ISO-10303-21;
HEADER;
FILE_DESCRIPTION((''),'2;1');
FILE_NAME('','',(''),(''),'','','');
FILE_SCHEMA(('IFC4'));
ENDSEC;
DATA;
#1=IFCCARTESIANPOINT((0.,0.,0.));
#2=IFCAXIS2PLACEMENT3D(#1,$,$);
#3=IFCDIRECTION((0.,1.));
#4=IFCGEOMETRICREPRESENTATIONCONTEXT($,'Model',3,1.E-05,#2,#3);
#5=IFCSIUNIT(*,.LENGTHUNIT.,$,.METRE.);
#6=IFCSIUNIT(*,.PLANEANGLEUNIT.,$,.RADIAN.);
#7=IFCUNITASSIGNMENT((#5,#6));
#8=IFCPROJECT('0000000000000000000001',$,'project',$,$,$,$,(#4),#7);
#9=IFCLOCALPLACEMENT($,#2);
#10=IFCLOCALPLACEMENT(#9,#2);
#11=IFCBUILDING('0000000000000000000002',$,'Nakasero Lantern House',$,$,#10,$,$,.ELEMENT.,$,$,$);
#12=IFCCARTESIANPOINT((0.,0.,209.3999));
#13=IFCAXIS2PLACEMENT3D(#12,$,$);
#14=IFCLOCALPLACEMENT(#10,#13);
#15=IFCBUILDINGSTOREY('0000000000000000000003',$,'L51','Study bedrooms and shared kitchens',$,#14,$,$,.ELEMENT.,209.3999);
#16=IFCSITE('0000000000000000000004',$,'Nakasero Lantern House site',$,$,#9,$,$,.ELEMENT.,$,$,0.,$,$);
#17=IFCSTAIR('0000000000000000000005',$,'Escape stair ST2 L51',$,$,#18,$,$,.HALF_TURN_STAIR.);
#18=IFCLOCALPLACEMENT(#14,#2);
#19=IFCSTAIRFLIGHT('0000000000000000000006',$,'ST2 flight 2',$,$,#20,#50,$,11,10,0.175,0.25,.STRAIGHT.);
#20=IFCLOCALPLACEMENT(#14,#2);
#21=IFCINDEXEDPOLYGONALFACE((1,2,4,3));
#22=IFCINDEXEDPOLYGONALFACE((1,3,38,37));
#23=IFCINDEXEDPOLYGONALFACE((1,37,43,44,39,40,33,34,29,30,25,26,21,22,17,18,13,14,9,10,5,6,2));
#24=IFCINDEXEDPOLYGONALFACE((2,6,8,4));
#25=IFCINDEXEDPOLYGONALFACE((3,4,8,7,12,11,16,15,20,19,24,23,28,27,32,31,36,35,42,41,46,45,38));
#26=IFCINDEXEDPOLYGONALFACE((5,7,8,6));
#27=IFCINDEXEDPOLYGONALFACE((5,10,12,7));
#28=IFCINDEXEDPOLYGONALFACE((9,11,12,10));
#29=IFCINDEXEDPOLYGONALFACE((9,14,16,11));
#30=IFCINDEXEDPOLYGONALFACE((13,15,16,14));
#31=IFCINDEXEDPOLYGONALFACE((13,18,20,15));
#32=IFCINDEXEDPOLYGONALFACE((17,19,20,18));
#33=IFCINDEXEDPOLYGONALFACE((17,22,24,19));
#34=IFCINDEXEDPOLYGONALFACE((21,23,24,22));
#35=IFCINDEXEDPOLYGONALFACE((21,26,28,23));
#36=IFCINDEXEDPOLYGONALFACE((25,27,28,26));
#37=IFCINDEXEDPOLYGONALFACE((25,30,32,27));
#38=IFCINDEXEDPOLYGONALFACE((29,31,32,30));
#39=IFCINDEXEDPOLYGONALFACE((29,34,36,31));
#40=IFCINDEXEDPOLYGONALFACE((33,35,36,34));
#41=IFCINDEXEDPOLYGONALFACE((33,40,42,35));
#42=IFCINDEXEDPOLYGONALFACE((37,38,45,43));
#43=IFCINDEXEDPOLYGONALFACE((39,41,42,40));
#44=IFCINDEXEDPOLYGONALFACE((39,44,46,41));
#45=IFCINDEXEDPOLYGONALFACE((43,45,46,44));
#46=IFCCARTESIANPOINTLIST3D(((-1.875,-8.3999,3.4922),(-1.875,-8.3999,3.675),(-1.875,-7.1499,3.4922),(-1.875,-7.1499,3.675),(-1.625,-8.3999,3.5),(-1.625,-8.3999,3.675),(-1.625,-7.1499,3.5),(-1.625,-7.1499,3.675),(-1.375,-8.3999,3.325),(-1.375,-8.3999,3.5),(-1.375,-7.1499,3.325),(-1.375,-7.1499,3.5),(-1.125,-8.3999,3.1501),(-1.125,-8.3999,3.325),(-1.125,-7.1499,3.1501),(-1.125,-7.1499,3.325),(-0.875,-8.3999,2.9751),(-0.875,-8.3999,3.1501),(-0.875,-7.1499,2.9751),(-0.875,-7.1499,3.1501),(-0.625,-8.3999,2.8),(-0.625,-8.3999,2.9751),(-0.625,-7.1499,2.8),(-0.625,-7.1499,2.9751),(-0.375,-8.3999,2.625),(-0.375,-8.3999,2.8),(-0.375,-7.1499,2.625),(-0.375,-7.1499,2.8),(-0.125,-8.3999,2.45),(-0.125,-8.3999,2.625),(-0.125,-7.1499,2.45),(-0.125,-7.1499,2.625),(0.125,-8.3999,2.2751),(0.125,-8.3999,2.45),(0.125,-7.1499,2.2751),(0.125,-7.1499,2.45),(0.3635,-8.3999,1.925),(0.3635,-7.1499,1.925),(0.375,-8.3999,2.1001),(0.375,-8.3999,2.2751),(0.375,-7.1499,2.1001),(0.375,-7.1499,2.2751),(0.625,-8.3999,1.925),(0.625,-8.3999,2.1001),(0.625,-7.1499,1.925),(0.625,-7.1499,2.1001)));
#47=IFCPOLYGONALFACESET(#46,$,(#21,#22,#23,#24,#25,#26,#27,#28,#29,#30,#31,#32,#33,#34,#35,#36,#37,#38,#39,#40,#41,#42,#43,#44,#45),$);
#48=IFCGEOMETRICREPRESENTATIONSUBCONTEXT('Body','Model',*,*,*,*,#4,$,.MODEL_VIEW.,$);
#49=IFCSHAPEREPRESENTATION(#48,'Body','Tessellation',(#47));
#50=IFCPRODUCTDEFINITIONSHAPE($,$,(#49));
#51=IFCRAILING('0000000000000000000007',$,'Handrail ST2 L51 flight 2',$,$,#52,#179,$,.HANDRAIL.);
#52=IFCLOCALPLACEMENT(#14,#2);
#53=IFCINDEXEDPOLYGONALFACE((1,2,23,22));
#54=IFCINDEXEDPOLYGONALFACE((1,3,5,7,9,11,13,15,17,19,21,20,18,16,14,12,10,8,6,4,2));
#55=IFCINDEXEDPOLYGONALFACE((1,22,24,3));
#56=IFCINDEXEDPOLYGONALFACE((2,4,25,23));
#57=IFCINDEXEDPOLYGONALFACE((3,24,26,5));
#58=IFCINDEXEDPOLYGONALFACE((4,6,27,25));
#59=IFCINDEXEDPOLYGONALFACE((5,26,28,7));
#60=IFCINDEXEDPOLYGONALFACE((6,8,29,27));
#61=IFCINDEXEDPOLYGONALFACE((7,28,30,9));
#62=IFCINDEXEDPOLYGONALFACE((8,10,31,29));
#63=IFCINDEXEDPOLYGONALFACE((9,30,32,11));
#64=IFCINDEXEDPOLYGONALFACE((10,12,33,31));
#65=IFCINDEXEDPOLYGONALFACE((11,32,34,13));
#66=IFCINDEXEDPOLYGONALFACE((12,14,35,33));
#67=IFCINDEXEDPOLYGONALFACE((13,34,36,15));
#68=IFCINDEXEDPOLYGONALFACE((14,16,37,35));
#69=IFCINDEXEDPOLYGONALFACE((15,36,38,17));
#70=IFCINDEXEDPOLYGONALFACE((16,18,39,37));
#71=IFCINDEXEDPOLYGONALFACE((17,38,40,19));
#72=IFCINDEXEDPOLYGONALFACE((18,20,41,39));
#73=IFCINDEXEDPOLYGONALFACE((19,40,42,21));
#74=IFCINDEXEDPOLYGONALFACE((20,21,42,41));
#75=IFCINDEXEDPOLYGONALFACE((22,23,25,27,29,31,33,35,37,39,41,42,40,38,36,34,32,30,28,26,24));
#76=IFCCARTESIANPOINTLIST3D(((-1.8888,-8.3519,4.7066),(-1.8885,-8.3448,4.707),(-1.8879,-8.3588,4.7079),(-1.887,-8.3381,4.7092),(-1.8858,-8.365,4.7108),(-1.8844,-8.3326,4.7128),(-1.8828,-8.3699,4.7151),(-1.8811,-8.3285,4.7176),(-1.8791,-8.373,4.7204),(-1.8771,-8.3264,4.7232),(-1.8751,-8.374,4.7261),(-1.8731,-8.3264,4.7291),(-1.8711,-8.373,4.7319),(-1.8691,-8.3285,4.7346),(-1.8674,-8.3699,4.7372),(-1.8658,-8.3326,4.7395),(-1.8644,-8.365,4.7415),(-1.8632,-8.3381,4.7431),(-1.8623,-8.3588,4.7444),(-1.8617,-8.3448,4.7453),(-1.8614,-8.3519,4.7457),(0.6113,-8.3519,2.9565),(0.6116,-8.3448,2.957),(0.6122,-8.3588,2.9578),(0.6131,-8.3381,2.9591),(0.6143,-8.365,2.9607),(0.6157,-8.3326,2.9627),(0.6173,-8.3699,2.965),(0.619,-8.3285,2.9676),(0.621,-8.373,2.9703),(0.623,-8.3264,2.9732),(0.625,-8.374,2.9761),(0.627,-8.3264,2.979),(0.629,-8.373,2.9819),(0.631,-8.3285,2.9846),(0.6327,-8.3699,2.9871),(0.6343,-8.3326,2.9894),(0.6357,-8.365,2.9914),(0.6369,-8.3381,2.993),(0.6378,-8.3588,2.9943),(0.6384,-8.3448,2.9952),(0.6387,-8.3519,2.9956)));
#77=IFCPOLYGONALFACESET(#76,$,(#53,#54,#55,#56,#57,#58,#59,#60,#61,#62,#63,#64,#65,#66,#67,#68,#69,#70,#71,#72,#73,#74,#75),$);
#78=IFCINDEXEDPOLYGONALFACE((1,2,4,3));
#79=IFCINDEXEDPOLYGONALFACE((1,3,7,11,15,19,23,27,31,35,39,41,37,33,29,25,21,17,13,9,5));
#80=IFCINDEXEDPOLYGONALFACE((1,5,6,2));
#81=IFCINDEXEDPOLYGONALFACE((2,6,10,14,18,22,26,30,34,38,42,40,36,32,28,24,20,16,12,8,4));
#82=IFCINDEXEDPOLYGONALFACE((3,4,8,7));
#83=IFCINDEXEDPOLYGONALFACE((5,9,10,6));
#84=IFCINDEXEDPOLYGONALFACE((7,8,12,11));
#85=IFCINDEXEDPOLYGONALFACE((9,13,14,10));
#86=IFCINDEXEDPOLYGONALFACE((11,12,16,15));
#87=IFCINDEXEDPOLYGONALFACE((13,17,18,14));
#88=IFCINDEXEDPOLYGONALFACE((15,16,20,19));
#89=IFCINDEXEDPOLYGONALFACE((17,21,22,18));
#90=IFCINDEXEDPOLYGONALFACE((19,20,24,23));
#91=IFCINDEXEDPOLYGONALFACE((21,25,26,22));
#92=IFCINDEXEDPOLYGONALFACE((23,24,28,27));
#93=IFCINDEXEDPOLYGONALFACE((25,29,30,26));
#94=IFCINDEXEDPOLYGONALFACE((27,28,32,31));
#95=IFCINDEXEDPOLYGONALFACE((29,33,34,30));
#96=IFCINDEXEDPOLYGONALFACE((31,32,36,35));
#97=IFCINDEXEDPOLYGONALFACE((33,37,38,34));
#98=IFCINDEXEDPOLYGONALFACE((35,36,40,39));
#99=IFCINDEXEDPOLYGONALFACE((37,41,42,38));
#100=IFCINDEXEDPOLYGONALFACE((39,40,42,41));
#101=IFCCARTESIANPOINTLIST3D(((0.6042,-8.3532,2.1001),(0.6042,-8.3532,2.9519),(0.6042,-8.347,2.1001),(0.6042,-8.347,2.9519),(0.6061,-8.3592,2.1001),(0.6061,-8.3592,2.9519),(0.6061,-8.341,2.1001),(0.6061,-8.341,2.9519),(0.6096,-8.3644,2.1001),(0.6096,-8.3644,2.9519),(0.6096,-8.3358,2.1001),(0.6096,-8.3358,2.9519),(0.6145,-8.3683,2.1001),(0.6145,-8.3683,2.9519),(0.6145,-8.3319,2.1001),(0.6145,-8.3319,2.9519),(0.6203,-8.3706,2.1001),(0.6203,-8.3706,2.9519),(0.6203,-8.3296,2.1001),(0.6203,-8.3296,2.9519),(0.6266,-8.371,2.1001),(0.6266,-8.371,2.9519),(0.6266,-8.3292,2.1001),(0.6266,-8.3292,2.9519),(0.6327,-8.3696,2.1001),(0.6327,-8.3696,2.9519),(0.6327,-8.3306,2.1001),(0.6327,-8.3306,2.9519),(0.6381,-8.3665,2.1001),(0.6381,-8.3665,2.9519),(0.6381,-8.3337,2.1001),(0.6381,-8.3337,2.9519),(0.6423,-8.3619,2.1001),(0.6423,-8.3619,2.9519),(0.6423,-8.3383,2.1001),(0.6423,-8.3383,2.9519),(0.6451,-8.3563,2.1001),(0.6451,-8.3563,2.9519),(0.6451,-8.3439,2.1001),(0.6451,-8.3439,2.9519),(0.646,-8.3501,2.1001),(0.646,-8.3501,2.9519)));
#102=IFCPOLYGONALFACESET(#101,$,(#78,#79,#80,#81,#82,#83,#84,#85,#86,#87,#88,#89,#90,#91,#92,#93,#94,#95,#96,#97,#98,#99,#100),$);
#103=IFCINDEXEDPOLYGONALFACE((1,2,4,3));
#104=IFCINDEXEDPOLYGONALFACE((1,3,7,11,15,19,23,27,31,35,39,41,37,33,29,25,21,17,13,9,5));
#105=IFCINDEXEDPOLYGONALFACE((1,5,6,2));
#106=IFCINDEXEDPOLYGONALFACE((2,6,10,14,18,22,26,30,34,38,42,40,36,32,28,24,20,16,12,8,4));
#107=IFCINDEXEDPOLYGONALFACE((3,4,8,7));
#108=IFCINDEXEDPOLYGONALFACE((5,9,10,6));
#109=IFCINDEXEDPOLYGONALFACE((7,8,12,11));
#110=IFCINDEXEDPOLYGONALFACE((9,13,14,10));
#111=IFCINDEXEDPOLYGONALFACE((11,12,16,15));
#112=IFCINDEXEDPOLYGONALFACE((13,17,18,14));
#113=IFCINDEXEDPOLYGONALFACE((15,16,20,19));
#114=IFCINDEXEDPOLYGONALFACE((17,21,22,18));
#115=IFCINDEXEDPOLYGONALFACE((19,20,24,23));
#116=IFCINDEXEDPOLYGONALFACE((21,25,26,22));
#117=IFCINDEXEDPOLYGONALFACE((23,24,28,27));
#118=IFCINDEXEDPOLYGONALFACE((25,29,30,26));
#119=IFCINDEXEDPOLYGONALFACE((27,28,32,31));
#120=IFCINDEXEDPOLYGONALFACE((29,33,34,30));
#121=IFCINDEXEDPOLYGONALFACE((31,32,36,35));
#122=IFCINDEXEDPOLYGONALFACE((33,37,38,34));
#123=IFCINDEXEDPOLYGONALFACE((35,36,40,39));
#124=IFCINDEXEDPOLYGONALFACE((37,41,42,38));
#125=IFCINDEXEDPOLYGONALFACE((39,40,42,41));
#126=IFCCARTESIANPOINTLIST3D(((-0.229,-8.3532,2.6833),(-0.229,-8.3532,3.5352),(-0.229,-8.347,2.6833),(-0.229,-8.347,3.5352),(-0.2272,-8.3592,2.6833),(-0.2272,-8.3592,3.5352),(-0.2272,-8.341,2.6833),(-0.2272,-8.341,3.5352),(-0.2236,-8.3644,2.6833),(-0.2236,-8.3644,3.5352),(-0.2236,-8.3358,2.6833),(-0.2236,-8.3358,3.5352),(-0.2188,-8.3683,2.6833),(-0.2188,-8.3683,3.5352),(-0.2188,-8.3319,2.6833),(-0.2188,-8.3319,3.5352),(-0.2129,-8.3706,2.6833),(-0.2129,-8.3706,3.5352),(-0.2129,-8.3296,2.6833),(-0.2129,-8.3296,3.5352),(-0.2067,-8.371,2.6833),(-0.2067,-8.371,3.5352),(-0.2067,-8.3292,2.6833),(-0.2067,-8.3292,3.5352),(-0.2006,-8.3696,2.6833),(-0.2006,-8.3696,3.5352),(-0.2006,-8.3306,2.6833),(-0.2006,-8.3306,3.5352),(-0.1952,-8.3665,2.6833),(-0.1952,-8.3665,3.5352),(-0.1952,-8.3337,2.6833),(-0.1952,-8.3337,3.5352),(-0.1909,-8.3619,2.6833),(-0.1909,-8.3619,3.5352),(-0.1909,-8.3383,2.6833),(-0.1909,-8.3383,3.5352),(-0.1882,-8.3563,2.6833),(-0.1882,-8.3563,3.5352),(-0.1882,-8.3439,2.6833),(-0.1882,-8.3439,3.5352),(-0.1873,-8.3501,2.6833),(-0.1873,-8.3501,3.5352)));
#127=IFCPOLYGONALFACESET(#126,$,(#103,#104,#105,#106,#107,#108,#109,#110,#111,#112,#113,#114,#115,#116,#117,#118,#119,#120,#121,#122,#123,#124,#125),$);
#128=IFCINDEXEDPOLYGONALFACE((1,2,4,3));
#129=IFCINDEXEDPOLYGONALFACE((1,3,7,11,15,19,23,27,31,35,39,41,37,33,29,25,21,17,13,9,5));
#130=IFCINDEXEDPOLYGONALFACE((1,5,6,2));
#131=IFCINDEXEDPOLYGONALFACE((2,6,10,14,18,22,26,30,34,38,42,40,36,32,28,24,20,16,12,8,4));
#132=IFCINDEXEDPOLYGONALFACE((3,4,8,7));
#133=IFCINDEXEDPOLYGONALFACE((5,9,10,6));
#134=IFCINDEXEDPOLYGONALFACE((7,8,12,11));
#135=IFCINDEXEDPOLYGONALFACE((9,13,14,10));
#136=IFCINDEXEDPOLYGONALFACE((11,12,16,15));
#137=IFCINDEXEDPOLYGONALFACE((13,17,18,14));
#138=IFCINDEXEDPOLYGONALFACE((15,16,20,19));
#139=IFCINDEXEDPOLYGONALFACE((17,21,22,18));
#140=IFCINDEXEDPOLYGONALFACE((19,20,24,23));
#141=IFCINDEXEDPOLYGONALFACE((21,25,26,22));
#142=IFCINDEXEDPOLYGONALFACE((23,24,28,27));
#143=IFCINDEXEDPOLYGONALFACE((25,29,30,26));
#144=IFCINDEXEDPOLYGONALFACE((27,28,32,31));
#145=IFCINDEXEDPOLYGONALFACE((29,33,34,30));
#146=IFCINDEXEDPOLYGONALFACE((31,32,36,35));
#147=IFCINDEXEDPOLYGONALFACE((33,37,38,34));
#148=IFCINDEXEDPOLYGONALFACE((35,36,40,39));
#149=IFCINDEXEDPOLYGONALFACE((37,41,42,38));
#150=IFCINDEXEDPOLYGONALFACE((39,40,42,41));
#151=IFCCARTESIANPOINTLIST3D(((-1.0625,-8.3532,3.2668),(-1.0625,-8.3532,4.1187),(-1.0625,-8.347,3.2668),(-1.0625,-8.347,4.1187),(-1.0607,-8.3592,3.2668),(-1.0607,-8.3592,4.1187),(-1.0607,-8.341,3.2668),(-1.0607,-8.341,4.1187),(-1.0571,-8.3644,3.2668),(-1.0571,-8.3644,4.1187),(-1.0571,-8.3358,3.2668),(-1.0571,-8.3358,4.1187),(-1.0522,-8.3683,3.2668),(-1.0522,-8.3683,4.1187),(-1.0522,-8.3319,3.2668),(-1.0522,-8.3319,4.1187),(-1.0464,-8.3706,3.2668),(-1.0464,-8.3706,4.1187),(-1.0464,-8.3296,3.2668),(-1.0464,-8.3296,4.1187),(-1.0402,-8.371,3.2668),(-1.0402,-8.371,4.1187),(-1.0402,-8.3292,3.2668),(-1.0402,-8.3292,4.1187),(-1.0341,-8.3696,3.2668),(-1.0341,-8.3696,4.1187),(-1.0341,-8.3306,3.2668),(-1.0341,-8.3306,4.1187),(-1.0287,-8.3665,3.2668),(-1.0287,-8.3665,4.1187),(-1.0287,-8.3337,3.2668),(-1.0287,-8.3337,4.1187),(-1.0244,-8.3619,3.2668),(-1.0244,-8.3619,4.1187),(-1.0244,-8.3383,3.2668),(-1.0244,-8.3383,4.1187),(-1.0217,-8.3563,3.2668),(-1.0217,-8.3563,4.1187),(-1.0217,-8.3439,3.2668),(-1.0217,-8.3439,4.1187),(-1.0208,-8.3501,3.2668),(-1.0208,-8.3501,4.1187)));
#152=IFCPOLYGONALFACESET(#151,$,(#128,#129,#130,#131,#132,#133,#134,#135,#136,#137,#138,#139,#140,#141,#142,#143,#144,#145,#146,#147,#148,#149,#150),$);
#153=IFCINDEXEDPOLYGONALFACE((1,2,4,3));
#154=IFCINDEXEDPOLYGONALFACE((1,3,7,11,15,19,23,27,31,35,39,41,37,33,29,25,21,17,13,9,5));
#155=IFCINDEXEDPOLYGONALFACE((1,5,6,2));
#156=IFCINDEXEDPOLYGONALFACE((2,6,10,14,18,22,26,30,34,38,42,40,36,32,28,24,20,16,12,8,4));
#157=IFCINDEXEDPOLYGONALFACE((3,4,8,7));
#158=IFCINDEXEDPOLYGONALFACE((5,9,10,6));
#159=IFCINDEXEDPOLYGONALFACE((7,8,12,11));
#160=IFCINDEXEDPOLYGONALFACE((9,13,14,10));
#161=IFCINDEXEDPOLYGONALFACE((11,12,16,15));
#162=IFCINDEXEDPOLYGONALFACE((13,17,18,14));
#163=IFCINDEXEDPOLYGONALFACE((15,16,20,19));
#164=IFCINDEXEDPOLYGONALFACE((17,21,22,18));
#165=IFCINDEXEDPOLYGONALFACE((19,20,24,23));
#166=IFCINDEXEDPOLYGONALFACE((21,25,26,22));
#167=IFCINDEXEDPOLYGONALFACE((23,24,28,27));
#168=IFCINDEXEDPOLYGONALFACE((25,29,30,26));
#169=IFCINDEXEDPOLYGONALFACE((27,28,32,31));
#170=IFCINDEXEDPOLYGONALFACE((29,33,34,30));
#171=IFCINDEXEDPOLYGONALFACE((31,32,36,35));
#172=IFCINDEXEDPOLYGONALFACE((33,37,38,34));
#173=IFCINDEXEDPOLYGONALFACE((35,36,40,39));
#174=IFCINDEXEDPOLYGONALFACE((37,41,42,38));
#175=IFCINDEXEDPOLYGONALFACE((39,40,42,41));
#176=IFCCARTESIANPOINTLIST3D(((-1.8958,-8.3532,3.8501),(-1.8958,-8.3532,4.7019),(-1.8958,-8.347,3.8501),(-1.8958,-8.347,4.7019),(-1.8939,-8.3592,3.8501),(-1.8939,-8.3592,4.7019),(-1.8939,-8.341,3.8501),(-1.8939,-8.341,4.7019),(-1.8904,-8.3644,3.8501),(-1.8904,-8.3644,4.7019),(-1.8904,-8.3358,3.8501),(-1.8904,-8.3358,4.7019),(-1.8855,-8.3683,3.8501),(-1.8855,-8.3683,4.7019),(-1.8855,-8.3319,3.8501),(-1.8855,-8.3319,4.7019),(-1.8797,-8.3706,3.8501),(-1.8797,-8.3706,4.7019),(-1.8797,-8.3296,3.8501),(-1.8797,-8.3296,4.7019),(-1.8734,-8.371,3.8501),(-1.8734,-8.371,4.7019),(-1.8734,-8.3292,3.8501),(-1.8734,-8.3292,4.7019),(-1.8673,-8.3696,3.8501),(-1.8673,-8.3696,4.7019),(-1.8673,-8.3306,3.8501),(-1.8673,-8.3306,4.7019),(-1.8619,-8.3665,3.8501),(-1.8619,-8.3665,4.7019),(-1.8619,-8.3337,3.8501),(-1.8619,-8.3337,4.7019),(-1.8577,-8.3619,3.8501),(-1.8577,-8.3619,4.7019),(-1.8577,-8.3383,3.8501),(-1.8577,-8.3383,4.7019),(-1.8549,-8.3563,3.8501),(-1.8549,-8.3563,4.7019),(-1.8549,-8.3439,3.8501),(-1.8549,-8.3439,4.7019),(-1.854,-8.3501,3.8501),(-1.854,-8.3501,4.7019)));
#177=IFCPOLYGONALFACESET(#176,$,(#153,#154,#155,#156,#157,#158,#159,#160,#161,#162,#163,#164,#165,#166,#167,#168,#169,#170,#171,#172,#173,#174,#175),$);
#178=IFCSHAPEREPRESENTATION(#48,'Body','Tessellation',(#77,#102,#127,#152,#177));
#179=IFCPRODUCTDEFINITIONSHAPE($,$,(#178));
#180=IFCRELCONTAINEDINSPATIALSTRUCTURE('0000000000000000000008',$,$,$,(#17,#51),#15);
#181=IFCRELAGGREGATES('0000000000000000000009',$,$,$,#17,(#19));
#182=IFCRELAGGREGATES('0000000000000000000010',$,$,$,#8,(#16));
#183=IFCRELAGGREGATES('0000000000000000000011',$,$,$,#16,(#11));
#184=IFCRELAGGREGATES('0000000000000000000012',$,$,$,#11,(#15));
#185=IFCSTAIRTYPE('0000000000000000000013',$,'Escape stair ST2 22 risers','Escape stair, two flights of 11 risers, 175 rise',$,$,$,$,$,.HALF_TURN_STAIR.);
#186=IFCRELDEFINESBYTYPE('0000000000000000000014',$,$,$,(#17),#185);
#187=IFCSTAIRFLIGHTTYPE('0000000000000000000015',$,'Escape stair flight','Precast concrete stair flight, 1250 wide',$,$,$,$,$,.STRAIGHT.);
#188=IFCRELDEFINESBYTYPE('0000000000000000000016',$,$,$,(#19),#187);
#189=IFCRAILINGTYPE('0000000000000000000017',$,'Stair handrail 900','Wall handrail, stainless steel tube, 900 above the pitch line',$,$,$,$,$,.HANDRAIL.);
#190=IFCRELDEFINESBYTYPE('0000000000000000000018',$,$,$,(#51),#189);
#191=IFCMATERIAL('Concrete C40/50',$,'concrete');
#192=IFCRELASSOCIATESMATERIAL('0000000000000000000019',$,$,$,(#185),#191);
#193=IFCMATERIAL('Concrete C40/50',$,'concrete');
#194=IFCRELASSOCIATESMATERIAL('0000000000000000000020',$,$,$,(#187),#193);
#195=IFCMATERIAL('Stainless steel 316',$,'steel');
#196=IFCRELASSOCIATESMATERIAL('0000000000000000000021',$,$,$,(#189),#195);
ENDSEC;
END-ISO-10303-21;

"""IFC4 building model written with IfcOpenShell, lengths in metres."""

from ifc_helpers import new_model, si_unit, direction, frame, origin, origin_2d, place, context, subcontext, project, spatial, polyline, circle, outline, extrude, material, type_object, element, aggregate, save


model = new_model("IFC4")

# Units and contexts
model_context = context("Model", 3, precision=1e-05, world=origin(), true_north=direction((0.0, 1.0)))
body_context = subcontext(model_context, "Body", "Model", "MODEL_VIEW")
ifc_project = project(units=[si_unit("LENGTHUNIT", "METRE"), si_unit("PLANEANGLEUNIT", "RADIAN")], contexts=[model_context])

# Site, building, storey
site_placement = place(None, origin())
site = spatial("IfcSite", under=ifc_project, at=site_placement, Name="Nakasero Lantern House site", CompositionType="ELEMENT", RefElevation=0.0)
building_placement = place(site_placement, origin())
building = spatial("IfcBuilding", under=site, at=building_placement, Name="Nakasero Lantern House", CompositionType="ELEMENT")
storey_placement = place(building_placement, frame((0.0, 0.0, 209.3999)))
storey = spatial("IfcBuildingStorey", under=building, at=storey_placement, Name="L51", Description="Study bedrooms and shared kitchens", CompositionType="ELEMENT", Elevation=209.3999)

# Stair, stair flight
ifc_material_1 = material(Name="Concrete C40/50", Category="concrete")
stair_type = type_object("IfcStairType", Name="Escape stair ST2 22 risers", Description="Escape stair, two flights of 11 risers, 175 rise", PredefinedType="HALF_TURN_STAIR", material=ifc_material_1)
stair_placement = place(storey_placement, origin())
stair = element("IfcStair", 1, at=stair_placement, inside=storey, type_object=stair_type, Name="Escape stair ST2 L51", PredefinedType="HALF_TURN_STAIR")
ifc_material_2 = material(Name="Concrete C40/50", Category="concrete")
stair_flight_type = type_object("IfcStairFlightType", Name="Escape stair flight", Description="Precast concrete stair flight, 1250 wide", PredefinedType="STRAIGHT", material=ifc_material_2)
stair_flight_placement = place(storey_placement, frame((0.625, -7.7749, 1.925), z_axis=(0.0, 0.0, 1.0), x_axis=(-1.0, 0.0, 0.0)))
stair_flight = element("IfcStairFlight", 2, at=stair_flight_placement, type_object=stair_flight_type, Name="ST2 flight 2", NumberOfRisers=11, NumberOfTreads=10, PredefinedType="STRAIGHT", RiserHeight=0.175, TreadLength=0.25, context=body_context, shape_type="SweptSolid", body=[
    extrude(outline(polyline([(0.0, 0.0), (0.0, 0.175), (0.25, 0.175), (0.25, 0.3501), (0.5, 0.3501), (0.5, 0.5249), (0.75, 0.5249), (0.75, 0.7), (1.0, 0.7), (1.0, 0.875), (1.25, 0.875), (1.25, 1.05), (1.5, 1.05), (1.5, 1.2251), (1.75, 1.2251), (1.75, 1.3999), (2.0, 1.3999), (2.0, 1.575), (2.25, 1.575), (2.25, 1.75), (2.5, 1.75), (2.5, 1.925), (2.5, 1.5671), (0.2615, 0.0), (0.0, 0.0)])), frame((0.0, 0.625, 0.0), z_axis=(0.0, -1.0, 0.0), x_axis=(1.0, 0.0, 0.0)), (0.0, 0.0, 1.0), 1.25),
])
aggregate(stair, [stair_flight])

# Railing
ifc_material_3 = material(Name="Stainless steel 316", Category="steel")
railing_type = type_object("IfcRailingType", Name="Stair handrail 900", Description="Wall handrail, stainless steel tube, 900 above the pitch line", PredefinedType="HANDRAIL", material=ifc_material_3)
railing_placement = place(storey_placement, frame((0.625, -8.3501, 2.1001)))
element("IfcRailing", 3, at=railing_placement, inside=storey, type_object=railing_type, Name="Handrail ST2 L51 flight 2", PredefinedType="HANDRAIL", context=body_context, shape_type="SweptSolid", body=[
    extrude(circle(Radius=0.0239, at=origin_2d()), frame((0.0, 0.0, 0.876), z_axis=(-0.819232, 0.0, 0.573462), x_axis=(0.0, -1.0, 0.0)), (0.0, 0.0, 1.0), 3.0518),
    extrude(circle(Radius=0.021, at=origin_2d()), origin(), (0.0, 0.0, 1.0), 0.8518),
    extrude(circle(Radius=0.021, at=origin_2d()), frame((-0.8333, 0.0, 0.5833)), (0.0, 0.0, 1.0), 0.8518),
    extrude(circle(Radius=0.021, at=origin_2d()), frame((-1.6667, 0.0, 1.1667)), (0.0, 0.0, 1.0), 0.8518),
    extrude(circle(Radius=0.021, at=origin_2d()), frame((-2.5, 0.0, 1.75)), (0.0, 0.0, 1.0), 0.8518),
])

save(model, "model.ifc")
